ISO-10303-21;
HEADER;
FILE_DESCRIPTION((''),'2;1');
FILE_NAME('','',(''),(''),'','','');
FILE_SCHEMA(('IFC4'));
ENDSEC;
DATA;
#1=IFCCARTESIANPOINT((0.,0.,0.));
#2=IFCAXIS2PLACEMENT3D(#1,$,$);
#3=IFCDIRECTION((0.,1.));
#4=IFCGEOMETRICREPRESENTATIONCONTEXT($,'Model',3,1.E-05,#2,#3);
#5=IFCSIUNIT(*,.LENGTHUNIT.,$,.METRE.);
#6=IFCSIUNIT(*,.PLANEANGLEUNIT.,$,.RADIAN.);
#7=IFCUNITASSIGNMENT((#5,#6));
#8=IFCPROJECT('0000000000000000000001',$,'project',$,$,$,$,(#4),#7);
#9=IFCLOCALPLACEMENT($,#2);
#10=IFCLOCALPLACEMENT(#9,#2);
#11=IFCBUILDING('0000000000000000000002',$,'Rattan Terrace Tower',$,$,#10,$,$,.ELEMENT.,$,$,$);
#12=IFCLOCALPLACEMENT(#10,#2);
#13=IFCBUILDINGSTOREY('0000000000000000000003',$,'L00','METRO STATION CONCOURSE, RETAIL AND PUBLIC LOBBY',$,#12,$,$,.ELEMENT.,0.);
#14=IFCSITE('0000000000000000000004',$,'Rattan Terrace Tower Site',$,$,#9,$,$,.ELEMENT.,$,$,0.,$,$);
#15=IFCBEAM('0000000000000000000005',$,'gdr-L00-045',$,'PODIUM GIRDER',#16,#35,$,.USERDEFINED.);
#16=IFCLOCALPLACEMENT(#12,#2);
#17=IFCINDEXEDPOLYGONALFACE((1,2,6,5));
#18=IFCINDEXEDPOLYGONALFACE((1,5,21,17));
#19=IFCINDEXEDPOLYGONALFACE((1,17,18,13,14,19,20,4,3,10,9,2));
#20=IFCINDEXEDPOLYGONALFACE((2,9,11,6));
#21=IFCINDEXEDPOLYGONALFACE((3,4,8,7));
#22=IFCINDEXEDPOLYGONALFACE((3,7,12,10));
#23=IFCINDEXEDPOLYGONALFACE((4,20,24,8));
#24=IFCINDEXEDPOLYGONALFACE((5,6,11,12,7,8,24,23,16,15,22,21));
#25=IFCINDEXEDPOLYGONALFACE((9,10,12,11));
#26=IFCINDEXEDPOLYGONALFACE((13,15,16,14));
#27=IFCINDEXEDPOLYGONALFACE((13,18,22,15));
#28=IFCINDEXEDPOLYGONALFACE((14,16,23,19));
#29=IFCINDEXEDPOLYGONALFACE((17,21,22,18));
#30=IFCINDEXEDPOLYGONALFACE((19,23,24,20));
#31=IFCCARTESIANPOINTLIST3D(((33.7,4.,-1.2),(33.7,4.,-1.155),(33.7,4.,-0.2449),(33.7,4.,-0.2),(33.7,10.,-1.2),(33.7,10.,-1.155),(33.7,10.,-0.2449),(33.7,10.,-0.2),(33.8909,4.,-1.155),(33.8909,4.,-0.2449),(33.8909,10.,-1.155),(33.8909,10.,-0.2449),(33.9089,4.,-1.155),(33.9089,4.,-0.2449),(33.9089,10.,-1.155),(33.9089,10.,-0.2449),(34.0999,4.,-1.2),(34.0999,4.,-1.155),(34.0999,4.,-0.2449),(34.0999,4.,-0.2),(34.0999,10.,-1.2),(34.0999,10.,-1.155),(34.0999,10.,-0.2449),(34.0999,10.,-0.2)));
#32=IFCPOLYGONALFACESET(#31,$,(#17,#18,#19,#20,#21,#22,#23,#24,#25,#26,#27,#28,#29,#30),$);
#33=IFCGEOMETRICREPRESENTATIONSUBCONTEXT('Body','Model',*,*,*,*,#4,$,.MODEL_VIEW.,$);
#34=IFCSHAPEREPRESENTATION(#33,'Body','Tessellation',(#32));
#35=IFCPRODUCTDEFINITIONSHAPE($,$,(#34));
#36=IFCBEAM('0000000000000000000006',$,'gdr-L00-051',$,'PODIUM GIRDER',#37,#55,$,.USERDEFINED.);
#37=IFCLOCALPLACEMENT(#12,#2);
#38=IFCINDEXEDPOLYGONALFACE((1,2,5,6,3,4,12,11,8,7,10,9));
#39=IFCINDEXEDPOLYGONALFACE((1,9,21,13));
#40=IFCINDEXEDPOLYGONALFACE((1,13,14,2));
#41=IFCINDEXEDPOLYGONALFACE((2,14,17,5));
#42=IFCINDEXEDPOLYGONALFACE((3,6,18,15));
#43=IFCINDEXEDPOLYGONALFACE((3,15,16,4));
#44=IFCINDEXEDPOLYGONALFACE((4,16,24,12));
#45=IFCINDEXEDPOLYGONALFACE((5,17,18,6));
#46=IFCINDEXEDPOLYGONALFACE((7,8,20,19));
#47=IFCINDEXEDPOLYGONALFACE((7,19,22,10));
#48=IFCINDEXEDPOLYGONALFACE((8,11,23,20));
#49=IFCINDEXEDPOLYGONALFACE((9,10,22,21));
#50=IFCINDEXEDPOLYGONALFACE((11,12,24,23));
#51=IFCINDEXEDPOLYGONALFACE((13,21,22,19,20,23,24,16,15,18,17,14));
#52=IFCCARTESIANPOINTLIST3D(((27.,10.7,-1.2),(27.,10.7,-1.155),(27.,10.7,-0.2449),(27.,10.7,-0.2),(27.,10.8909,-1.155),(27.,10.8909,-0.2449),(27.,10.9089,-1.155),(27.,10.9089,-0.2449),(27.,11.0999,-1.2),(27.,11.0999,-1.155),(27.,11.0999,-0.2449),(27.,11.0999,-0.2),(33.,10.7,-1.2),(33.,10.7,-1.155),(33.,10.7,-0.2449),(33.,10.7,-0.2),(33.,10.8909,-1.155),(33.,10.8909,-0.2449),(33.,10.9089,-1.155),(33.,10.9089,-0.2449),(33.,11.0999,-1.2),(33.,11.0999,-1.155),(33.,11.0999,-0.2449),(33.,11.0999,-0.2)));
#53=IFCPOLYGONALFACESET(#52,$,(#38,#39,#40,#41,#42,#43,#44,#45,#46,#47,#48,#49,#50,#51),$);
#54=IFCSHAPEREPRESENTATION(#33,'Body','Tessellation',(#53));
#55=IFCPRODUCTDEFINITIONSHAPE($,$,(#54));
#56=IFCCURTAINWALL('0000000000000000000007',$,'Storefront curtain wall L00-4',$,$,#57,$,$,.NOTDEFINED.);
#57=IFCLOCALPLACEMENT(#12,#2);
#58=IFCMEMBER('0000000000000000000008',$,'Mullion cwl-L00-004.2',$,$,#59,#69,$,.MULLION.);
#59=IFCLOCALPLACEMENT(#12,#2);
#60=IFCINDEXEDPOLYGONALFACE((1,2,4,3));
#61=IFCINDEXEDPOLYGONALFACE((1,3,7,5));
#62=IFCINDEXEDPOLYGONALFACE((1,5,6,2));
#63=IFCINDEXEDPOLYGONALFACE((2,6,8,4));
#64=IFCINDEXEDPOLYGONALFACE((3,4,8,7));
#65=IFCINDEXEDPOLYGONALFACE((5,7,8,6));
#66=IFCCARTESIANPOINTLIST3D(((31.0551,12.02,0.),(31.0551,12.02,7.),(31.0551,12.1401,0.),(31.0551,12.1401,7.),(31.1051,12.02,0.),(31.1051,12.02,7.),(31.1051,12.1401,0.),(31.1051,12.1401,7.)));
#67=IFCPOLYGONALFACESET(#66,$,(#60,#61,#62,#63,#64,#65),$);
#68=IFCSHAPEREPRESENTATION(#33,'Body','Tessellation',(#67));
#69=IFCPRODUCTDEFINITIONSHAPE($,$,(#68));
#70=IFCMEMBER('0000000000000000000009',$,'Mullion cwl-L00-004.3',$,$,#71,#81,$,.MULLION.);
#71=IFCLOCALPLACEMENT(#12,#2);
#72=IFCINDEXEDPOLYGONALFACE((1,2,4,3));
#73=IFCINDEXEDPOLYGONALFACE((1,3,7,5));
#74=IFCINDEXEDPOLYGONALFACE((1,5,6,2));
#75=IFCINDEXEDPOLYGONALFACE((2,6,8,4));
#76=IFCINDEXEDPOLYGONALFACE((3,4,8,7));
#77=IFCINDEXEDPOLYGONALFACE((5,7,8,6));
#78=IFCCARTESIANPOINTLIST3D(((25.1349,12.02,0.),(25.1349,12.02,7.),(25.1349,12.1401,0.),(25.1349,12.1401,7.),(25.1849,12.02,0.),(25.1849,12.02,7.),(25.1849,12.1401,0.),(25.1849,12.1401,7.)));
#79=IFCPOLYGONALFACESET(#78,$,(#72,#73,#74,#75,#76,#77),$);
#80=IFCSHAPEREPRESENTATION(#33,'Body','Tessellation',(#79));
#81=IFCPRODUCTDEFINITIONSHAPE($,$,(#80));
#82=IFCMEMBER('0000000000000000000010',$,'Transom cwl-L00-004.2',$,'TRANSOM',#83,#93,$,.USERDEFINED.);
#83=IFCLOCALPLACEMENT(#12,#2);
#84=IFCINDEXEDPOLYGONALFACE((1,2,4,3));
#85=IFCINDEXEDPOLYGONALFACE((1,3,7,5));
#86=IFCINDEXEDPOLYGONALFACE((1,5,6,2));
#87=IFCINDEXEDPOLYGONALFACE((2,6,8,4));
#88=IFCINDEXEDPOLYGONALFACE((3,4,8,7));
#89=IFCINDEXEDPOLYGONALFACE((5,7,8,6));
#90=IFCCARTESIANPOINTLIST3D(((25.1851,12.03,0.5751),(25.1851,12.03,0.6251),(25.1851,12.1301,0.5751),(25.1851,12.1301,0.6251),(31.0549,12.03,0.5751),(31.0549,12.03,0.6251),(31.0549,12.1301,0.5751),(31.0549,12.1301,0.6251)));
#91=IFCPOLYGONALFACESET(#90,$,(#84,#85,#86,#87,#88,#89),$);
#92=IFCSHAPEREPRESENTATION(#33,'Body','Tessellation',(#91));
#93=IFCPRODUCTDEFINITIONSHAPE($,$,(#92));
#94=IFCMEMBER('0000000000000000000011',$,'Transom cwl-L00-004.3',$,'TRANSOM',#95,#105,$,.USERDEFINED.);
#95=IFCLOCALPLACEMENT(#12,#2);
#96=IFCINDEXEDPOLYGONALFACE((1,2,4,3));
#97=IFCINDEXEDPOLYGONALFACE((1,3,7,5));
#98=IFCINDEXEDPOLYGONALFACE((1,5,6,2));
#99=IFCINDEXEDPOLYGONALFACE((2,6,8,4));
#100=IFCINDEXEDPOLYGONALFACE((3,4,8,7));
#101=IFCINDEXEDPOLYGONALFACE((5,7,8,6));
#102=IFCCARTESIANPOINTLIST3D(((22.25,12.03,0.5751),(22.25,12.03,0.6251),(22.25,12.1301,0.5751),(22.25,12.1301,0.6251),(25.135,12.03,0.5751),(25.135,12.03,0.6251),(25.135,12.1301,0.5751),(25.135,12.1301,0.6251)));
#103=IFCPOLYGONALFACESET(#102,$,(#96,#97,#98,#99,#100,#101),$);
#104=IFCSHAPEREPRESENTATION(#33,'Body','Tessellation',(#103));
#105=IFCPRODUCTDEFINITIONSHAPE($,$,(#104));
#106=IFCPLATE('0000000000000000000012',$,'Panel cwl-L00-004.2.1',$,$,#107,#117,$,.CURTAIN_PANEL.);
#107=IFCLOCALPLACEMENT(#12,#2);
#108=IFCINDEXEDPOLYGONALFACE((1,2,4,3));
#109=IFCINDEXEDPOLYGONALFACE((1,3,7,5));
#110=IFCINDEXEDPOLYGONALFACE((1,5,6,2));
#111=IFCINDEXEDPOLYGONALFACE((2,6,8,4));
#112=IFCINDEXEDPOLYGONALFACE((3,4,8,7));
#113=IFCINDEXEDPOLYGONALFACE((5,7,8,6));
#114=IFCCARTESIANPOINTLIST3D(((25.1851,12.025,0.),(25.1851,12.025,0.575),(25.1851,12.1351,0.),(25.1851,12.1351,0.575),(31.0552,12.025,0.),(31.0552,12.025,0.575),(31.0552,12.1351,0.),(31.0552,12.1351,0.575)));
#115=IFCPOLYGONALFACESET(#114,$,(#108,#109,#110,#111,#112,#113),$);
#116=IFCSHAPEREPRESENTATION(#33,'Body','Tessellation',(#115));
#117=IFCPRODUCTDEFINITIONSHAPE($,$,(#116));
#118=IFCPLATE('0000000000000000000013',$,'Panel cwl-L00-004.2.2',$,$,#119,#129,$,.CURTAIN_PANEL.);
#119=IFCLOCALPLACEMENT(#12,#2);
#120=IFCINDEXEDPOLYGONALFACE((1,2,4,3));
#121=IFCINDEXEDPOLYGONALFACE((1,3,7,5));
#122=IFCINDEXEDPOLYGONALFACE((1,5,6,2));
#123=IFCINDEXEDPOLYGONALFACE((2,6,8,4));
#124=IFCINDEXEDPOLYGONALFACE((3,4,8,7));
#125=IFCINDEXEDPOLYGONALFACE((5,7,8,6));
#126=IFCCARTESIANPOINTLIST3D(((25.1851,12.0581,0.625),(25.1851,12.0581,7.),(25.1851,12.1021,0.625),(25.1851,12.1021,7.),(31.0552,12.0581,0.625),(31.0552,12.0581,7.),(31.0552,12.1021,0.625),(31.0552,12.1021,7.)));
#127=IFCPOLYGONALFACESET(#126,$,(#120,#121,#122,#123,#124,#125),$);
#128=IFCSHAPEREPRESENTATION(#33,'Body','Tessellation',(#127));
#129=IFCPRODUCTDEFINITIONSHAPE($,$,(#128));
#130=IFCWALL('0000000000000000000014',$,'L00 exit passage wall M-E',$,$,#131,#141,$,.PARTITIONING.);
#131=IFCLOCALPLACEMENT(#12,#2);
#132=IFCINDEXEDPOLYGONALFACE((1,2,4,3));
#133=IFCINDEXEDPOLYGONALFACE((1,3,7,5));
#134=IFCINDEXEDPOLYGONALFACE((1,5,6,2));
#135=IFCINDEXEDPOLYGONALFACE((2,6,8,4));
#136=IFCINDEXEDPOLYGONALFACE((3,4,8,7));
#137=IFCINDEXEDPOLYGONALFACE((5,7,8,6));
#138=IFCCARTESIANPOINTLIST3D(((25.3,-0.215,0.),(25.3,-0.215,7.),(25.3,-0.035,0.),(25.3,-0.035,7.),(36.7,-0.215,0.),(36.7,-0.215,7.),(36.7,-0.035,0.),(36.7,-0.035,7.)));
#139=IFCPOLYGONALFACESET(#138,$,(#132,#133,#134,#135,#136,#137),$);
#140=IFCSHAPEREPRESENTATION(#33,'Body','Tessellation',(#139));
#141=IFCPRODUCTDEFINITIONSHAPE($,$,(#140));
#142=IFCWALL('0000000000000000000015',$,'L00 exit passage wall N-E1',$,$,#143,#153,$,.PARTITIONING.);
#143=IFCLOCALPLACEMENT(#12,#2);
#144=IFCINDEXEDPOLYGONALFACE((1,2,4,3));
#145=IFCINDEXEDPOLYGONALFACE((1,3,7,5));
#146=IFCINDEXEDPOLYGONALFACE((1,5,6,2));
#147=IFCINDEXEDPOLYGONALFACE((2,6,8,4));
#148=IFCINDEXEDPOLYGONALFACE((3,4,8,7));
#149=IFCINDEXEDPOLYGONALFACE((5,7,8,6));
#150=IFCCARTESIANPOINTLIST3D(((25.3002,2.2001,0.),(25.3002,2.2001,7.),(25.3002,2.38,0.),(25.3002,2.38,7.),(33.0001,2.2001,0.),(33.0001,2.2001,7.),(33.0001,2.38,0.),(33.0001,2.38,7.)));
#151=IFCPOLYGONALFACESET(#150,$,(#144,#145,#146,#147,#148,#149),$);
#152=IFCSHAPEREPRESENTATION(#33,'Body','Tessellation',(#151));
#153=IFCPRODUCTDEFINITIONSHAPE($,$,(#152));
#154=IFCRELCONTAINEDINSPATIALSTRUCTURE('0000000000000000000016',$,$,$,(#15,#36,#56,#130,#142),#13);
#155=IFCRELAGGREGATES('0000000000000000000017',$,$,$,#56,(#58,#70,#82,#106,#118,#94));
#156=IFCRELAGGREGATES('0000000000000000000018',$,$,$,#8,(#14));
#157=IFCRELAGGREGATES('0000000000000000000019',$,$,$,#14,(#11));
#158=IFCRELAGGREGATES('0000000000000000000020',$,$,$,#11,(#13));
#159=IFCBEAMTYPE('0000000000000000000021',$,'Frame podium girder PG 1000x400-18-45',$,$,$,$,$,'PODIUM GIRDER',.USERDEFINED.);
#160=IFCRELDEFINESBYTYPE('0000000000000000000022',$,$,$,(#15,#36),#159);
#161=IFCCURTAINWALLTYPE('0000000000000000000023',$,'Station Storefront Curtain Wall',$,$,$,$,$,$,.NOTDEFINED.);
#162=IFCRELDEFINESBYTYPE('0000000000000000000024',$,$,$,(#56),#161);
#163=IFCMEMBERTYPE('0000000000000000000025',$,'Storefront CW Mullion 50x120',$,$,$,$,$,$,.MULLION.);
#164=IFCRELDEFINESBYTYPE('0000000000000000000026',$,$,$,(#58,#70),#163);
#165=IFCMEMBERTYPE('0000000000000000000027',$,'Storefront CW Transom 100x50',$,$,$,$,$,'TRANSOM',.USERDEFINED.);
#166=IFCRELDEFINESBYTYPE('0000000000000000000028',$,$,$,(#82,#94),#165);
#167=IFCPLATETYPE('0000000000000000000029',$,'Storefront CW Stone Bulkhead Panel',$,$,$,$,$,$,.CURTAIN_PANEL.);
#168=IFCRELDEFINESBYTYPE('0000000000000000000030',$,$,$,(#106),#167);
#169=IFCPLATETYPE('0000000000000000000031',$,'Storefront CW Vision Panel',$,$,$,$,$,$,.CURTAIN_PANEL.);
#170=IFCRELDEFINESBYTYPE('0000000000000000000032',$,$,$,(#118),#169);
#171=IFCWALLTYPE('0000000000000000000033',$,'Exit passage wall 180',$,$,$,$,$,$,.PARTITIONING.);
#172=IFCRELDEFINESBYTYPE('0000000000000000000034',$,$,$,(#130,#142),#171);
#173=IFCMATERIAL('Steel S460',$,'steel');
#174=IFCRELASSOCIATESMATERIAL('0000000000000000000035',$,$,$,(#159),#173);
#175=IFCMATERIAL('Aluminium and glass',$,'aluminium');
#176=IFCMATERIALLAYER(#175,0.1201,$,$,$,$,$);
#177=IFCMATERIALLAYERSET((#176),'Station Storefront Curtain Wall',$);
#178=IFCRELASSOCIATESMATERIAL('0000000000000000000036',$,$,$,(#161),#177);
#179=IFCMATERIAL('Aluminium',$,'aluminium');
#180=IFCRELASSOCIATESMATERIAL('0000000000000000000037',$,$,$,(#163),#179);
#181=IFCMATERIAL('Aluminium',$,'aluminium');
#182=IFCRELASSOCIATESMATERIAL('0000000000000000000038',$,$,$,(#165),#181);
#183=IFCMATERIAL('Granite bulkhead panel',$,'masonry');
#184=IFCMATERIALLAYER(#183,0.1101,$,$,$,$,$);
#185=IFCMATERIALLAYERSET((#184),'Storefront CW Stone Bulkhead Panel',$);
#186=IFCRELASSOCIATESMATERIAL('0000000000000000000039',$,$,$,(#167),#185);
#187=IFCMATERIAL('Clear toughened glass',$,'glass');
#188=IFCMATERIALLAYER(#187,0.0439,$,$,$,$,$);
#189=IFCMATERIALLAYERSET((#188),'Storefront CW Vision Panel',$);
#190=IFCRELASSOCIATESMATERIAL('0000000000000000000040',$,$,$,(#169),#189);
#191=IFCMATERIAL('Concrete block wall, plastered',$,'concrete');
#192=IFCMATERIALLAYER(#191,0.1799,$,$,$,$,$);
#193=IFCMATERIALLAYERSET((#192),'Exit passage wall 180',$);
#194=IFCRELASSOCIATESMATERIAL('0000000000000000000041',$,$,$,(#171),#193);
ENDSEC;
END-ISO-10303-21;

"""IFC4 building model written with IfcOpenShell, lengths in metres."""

from ifc_helpers import new_model, si_unit, direction, frame, frame_2d, origin, origin_2d, place, context, subcontext, project, spatial, rectangle, i_section, extrude, material, layer, layer_set, material_profile, profile_set, type_object, element, aggregate, save


model = new_model("IFC4")

# Units and contexts
model_context = context("Model", 3, precision=1e-05, world=origin(), true_north=direction((0.0, 1.0)))
body_context = subcontext(model_context, "Body", "Model", "MODEL_VIEW")
ifc_project = project(units=[si_unit("LENGTHUNIT", "METRE"), si_unit("PLANEANGLEUNIT", "RADIAN")], contexts=[model_context])

# Site, building, storey
site_placement = place(None, origin())
site = spatial("IfcSite", under=ifc_project, at=site_placement, Name="Rattan Terrace Tower Site", CompositionType="ELEMENT", RefElevation=0.0)
building_placement = place(site_placement, origin())
building = spatial("IfcBuilding", under=site, at=building_placement, Name="Rattan Terrace Tower", CompositionType="ELEMENT")
storey_placement = place(building_placement, origin())
storey = spatial("IfcBuildingStorey", under=building, at=storey_placement, Name="L00", Description="METRO STATION CONCOURSE, RETAIL AND PUBLIC LOBBY", CompositionType="ELEMENT", Elevation=0.0)

# Beams
ifc_material_1 = material(Name="Steel S460", Category="steel")
ifc_material_profile_1 = material_profile(ifc_material_1, i_section(OverallWidth=0.3999, OverallDepth=1.0, WebThickness=0.0181, FlangeThickness=0.0449, at=origin_2d()), Name="PG 1000x400-18-45")
ifc_profile_set_1 = profile_set([ifc_material_profile_1], Name="Steel S460")
beam_type_1 = type_object("IfcBeamType", Name="Frame podium girder PG 1000x400-18-45", ElementType="PODIUM GIRDER", PredefinedType="USERDEFINED", material=ifc_profile_set_1)
for number, where, z_axis, x_axis, name in (
    (1, (33.8999, 4.0, -0.7), (0.0, 1.0, 0.0), (-1.0, 0.0, 0.0), "gdr-L00-045"),
    (2, (27.0, 10.8999, -0.7), (1.0, 0.0, 0.0), (0.0, 1.0, 0.0), "gdr-L00-051"),
):
    element("IfcBeam", number, at=place(storey_placement, frame(where, z_axis=z_axis, x_axis=x_axis)), inside=storey, type_object=beam_type_1, Name=name, ObjectType="PODIUM GIRDER", PredefinedType="USERDEFINED", context=body_context, shape_type="SweptSolid", body=[
        extrude(i_section(OverallWidth=0.3999, OverallDepth=1.0, WebThickness=0.0181, FlangeThickness=0.0449, at=origin_2d()), origin(), (0.0, 0.0, 1.0), 6.0),
    ])

# Curtain wall, members, plates
ifc_material_2 = material(Name="Aluminium and glass", Category="aluminium")
ifc_layer_1 = layer(ifc_material_2, 0.1201)
ifc_layer_set_1 = layer_set([ifc_layer_1], Name="Station Storefront Curtain Wall")
curtain_wall_type = type_object("IfcCurtainWallType", Name="Station Storefront Curtain Wall", PredefinedType="NOTDEFINED", material=ifc_layer_set_1)
curtain_wall_placement = place(storey_placement, origin())
curtain_wall = element("IfcCurtainWall", 3, at=curtain_wall_placement, inside=storey, type_object=curtain_wall_type, Name="Storefront curtain wall L00-4", PredefinedType="NOTDEFINED")
ifc_material_3 = material(Name="Aluminium", Category="aluminium")
ifc_material_profile_2 = material_profile(ifc_material_3, rectangle(XDim=0.05, YDim=0.1201, at=origin_2d()), Name="Aluminium 50x120")
ifc_profile_set_2 = profile_set([ifc_material_profile_2], Name="Aluminium")
member_type_1 = type_object("IfcMemberType", Name="Storefront CW Mullion 50x120", PredefinedType="MULLION", material=ifc_profile_set_2)
member_1_placement = place(storey_placement, frame((31.0801, 12.0801, 0.0), z_axis=(0.0, 0.0, 1.0), x_axis=(-1.0, 0.0, 0.0)))
member_1 = element("IfcMember", 4, at=member_1_placement, type_object=member_type_1, Name="Mullion cwl-L00-004.2", PredefinedType="MULLION", context=body_context, shape_type="SweptSolid", body=[
    extrude(rectangle(XDim=0.05, YDim=0.1201, at=origin_2d()), origin(), (0.0, 0.0, 1.0), 7.0),
])
member_2_placement = place(storey_placement, frame((25.1599, 12.0801, 0.0), z_axis=(0.0, 0.0, 1.0), x_axis=(-1.0, 0.0, 0.0)))
member_2 = element("IfcMember", 5, at=member_2_placement, type_object=member_type_1, Name="Mullion cwl-L00-004.3", PredefinedType="MULLION", context=body_context, shape_type="SweptSolid", body=[
    extrude(rectangle(XDim=0.05, YDim=0.1201, at=origin_2d()), origin(), (0.0, 0.0, 1.0), 7.0),
])
ifc_material_4 = material(Name="Aluminium", Category="aluminium")
ifc_material_profile_3 = material_profile(ifc_material_4, rectangle(XDim=0.1001, YDim=0.05, at=origin_2d()), Name="Aluminium 100x50")
ifc_profile_set_3 = profile_set([ifc_material_profile_3], Name="Aluminium")
member_type_2 = type_object("IfcMemberType", Name="Storefront CW Transom 100x50", ElementType="TRANSOM", PredefinedType="USERDEFINED", material=ifc_profile_set_3)
member_3_placement = place(storey_placement, frame((31.0549, 12.0801, 0.6001), z_axis=(-1.0, 0.0, 0.0), x_axis=(0.0, -1.0, 0.0)))
member_3 = element("IfcMember", 6, at=member_3_placement, type_object=member_type_2, Name="Transom cwl-L00-004.2", ObjectType="TRANSOM", PredefinedType="USERDEFINED", context=body_context, shape_type="SweptSolid", body=[
    extrude(rectangle(XDim=0.1001, YDim=0.05, at=origin_2d()), origin(), (0.0, 0.0, 1.0), 5.8699),
])
member_4_placement = place(storey_placement, frame((25.135, 12.0801, 0.6001), z_axis=(-1.0, 0.0, 0.0), x_axis=(0.0, -1.0, 0.0)))
member_4 = element("IfcMember", 7, at=member_4_placement, type_object=member_type_2, Name="Transom cwl-L00-004.3", ObjectType="TRANSOM", PredefinedType="USERDEFINED", context=body_context, shape_type="SweptSolid", body=[
    extrude(rectangle(XDim=0.1001, YDim=0.05, at=origin_2d()), origin(), (0.0, 0.0, 1.0), 2.885),
])
ifc_material_5 = material(Name="Granite bulkhead panel", Category="masonry")
ifc_layer_2 = layer(ifc_material_5, 0.1101)
ifc_layer_set_2 = layer_set([ifc_layer_2], Name="Storefront CW Stone Bulkhead Panel")
plate_type_1 = type_object("IfcPlateType", Name="Storefront CW Stone Bulkhead Panel", PredefinedType="CURTAIN_PANEL", material=ifc_layer_set_2)
plate_1_placement = place(storey_placement, frame((28.1201, 12.0801, 0.0), z_axis=(0.0, 0.0, 1.0), x_axis=(-1.0, 0.0, 0.0)))
plate_1 = element("IfcPlate", 8, at=plate_1_placement, type_object=plate_type_1, Name="Panel cwl-L00-004.2.1", PredefinedType="CURTAIN_PANEL", context=body_context, shape_type="SweptSolid", body=[
    extrude(rectangle(XDim=5.8701, YDim=0.1101, at=origin_2d()), origin(), (0.0, 0.0, 1.0), 0.575),
])
ifc_material_6 = material(Name="Clear toughened glass", Category="glass")
ifc_layer_3 = layer(ifc_material_6, 0.0439)
ifc_layer_set_3 = layer_set([ifc_layer_3], Name="Storefront CW Vision Panel")
plate_type_2 = type_object("IfcPlateType", Name="Storefront CW Vision Panel", PredefinedType="CURTAIN_PANEL", material=ifc_layer_set_3)
plate_2_placement = place(storey_placement, frame((28.1201, 12.0801, 0.625), z_axis=(0.0, 0.0, 1.0), x_axis=(-1.0, 0.0, 0.0)))
plate_2 = element("IfcPlate", 9, at=plate_2_placement, type_object=plate_type_2, Name="Panel cwl-L00-004.2.2", PredefinedType="CURTAIN_PANEL", context=body_context, shape_type="SweptSolid", body=[
    extrude(rectangle(XDim=5.8701, YDim=0.0439, at=origin_2d()), origin(), (0.0, 0.0, 1.0), 6.375),
])
aggregate(curtain_wall, [member_1, member_2, member_3, plate_1, plate_2, member_4])

# Walls
ifc_material_7 = material(Name="Concrete block wall, plastered", Category="concrete")
ifc_layer_4 = layer(ifc_material_7, 0.1799)
ifc_layer_set_4 = layer_set([ifc_layer_4], Name="Exit passage wall 180")
wall_type_1 = type_object("IfcWallType", Name="Exit passage wall 180", PredefinedType="PARTITIONING", material=ifc_layer_set_4)
wall_1_placement = place(storey_placement, frame((25.3, -0.125, 0.0), z_axis=(0.0, 0.0, 1.0), x_axis=(1.0, 0.0, 0.0)))
element("IfcWall", 10, at=wall_1_placement, inside=storey, type_object=wall_type_1, Name="L00 exit passage wall M-E", PredefinedType="PARTITIONING", context=body_context, shape_type="SweptSolid", body=[
    extrude(rectangle(XDim=11.3999, YDim=0.1799, at=frame_2d((5.7, 0.0))), origin(), (0.0, 0.0, 1.0), 7.0),
])
wall_2_placement = place(storey_placement, frame((25.3, 2.29, 0.0), z_axis=(0.0, 0.0, 1.0), x_axis=(1.0, 0.0, 0.0)))
element("IfcWall", 11, at=wall_2_placement, inside=storey, type_object=wall_type_1, Name="L00 exit passage wall N-E1", PredefinedType="PARTITIONING", context=body_context, shape_type="SweptSolid", body=[
    extrude(rectangle(XDim=7.7, YDim=0.1799, at=frame_2d((3.8501, 0.0))), origin(), (0.0, 0.0, 1.0), 7.0),
])

save(model, "model.ifc")
